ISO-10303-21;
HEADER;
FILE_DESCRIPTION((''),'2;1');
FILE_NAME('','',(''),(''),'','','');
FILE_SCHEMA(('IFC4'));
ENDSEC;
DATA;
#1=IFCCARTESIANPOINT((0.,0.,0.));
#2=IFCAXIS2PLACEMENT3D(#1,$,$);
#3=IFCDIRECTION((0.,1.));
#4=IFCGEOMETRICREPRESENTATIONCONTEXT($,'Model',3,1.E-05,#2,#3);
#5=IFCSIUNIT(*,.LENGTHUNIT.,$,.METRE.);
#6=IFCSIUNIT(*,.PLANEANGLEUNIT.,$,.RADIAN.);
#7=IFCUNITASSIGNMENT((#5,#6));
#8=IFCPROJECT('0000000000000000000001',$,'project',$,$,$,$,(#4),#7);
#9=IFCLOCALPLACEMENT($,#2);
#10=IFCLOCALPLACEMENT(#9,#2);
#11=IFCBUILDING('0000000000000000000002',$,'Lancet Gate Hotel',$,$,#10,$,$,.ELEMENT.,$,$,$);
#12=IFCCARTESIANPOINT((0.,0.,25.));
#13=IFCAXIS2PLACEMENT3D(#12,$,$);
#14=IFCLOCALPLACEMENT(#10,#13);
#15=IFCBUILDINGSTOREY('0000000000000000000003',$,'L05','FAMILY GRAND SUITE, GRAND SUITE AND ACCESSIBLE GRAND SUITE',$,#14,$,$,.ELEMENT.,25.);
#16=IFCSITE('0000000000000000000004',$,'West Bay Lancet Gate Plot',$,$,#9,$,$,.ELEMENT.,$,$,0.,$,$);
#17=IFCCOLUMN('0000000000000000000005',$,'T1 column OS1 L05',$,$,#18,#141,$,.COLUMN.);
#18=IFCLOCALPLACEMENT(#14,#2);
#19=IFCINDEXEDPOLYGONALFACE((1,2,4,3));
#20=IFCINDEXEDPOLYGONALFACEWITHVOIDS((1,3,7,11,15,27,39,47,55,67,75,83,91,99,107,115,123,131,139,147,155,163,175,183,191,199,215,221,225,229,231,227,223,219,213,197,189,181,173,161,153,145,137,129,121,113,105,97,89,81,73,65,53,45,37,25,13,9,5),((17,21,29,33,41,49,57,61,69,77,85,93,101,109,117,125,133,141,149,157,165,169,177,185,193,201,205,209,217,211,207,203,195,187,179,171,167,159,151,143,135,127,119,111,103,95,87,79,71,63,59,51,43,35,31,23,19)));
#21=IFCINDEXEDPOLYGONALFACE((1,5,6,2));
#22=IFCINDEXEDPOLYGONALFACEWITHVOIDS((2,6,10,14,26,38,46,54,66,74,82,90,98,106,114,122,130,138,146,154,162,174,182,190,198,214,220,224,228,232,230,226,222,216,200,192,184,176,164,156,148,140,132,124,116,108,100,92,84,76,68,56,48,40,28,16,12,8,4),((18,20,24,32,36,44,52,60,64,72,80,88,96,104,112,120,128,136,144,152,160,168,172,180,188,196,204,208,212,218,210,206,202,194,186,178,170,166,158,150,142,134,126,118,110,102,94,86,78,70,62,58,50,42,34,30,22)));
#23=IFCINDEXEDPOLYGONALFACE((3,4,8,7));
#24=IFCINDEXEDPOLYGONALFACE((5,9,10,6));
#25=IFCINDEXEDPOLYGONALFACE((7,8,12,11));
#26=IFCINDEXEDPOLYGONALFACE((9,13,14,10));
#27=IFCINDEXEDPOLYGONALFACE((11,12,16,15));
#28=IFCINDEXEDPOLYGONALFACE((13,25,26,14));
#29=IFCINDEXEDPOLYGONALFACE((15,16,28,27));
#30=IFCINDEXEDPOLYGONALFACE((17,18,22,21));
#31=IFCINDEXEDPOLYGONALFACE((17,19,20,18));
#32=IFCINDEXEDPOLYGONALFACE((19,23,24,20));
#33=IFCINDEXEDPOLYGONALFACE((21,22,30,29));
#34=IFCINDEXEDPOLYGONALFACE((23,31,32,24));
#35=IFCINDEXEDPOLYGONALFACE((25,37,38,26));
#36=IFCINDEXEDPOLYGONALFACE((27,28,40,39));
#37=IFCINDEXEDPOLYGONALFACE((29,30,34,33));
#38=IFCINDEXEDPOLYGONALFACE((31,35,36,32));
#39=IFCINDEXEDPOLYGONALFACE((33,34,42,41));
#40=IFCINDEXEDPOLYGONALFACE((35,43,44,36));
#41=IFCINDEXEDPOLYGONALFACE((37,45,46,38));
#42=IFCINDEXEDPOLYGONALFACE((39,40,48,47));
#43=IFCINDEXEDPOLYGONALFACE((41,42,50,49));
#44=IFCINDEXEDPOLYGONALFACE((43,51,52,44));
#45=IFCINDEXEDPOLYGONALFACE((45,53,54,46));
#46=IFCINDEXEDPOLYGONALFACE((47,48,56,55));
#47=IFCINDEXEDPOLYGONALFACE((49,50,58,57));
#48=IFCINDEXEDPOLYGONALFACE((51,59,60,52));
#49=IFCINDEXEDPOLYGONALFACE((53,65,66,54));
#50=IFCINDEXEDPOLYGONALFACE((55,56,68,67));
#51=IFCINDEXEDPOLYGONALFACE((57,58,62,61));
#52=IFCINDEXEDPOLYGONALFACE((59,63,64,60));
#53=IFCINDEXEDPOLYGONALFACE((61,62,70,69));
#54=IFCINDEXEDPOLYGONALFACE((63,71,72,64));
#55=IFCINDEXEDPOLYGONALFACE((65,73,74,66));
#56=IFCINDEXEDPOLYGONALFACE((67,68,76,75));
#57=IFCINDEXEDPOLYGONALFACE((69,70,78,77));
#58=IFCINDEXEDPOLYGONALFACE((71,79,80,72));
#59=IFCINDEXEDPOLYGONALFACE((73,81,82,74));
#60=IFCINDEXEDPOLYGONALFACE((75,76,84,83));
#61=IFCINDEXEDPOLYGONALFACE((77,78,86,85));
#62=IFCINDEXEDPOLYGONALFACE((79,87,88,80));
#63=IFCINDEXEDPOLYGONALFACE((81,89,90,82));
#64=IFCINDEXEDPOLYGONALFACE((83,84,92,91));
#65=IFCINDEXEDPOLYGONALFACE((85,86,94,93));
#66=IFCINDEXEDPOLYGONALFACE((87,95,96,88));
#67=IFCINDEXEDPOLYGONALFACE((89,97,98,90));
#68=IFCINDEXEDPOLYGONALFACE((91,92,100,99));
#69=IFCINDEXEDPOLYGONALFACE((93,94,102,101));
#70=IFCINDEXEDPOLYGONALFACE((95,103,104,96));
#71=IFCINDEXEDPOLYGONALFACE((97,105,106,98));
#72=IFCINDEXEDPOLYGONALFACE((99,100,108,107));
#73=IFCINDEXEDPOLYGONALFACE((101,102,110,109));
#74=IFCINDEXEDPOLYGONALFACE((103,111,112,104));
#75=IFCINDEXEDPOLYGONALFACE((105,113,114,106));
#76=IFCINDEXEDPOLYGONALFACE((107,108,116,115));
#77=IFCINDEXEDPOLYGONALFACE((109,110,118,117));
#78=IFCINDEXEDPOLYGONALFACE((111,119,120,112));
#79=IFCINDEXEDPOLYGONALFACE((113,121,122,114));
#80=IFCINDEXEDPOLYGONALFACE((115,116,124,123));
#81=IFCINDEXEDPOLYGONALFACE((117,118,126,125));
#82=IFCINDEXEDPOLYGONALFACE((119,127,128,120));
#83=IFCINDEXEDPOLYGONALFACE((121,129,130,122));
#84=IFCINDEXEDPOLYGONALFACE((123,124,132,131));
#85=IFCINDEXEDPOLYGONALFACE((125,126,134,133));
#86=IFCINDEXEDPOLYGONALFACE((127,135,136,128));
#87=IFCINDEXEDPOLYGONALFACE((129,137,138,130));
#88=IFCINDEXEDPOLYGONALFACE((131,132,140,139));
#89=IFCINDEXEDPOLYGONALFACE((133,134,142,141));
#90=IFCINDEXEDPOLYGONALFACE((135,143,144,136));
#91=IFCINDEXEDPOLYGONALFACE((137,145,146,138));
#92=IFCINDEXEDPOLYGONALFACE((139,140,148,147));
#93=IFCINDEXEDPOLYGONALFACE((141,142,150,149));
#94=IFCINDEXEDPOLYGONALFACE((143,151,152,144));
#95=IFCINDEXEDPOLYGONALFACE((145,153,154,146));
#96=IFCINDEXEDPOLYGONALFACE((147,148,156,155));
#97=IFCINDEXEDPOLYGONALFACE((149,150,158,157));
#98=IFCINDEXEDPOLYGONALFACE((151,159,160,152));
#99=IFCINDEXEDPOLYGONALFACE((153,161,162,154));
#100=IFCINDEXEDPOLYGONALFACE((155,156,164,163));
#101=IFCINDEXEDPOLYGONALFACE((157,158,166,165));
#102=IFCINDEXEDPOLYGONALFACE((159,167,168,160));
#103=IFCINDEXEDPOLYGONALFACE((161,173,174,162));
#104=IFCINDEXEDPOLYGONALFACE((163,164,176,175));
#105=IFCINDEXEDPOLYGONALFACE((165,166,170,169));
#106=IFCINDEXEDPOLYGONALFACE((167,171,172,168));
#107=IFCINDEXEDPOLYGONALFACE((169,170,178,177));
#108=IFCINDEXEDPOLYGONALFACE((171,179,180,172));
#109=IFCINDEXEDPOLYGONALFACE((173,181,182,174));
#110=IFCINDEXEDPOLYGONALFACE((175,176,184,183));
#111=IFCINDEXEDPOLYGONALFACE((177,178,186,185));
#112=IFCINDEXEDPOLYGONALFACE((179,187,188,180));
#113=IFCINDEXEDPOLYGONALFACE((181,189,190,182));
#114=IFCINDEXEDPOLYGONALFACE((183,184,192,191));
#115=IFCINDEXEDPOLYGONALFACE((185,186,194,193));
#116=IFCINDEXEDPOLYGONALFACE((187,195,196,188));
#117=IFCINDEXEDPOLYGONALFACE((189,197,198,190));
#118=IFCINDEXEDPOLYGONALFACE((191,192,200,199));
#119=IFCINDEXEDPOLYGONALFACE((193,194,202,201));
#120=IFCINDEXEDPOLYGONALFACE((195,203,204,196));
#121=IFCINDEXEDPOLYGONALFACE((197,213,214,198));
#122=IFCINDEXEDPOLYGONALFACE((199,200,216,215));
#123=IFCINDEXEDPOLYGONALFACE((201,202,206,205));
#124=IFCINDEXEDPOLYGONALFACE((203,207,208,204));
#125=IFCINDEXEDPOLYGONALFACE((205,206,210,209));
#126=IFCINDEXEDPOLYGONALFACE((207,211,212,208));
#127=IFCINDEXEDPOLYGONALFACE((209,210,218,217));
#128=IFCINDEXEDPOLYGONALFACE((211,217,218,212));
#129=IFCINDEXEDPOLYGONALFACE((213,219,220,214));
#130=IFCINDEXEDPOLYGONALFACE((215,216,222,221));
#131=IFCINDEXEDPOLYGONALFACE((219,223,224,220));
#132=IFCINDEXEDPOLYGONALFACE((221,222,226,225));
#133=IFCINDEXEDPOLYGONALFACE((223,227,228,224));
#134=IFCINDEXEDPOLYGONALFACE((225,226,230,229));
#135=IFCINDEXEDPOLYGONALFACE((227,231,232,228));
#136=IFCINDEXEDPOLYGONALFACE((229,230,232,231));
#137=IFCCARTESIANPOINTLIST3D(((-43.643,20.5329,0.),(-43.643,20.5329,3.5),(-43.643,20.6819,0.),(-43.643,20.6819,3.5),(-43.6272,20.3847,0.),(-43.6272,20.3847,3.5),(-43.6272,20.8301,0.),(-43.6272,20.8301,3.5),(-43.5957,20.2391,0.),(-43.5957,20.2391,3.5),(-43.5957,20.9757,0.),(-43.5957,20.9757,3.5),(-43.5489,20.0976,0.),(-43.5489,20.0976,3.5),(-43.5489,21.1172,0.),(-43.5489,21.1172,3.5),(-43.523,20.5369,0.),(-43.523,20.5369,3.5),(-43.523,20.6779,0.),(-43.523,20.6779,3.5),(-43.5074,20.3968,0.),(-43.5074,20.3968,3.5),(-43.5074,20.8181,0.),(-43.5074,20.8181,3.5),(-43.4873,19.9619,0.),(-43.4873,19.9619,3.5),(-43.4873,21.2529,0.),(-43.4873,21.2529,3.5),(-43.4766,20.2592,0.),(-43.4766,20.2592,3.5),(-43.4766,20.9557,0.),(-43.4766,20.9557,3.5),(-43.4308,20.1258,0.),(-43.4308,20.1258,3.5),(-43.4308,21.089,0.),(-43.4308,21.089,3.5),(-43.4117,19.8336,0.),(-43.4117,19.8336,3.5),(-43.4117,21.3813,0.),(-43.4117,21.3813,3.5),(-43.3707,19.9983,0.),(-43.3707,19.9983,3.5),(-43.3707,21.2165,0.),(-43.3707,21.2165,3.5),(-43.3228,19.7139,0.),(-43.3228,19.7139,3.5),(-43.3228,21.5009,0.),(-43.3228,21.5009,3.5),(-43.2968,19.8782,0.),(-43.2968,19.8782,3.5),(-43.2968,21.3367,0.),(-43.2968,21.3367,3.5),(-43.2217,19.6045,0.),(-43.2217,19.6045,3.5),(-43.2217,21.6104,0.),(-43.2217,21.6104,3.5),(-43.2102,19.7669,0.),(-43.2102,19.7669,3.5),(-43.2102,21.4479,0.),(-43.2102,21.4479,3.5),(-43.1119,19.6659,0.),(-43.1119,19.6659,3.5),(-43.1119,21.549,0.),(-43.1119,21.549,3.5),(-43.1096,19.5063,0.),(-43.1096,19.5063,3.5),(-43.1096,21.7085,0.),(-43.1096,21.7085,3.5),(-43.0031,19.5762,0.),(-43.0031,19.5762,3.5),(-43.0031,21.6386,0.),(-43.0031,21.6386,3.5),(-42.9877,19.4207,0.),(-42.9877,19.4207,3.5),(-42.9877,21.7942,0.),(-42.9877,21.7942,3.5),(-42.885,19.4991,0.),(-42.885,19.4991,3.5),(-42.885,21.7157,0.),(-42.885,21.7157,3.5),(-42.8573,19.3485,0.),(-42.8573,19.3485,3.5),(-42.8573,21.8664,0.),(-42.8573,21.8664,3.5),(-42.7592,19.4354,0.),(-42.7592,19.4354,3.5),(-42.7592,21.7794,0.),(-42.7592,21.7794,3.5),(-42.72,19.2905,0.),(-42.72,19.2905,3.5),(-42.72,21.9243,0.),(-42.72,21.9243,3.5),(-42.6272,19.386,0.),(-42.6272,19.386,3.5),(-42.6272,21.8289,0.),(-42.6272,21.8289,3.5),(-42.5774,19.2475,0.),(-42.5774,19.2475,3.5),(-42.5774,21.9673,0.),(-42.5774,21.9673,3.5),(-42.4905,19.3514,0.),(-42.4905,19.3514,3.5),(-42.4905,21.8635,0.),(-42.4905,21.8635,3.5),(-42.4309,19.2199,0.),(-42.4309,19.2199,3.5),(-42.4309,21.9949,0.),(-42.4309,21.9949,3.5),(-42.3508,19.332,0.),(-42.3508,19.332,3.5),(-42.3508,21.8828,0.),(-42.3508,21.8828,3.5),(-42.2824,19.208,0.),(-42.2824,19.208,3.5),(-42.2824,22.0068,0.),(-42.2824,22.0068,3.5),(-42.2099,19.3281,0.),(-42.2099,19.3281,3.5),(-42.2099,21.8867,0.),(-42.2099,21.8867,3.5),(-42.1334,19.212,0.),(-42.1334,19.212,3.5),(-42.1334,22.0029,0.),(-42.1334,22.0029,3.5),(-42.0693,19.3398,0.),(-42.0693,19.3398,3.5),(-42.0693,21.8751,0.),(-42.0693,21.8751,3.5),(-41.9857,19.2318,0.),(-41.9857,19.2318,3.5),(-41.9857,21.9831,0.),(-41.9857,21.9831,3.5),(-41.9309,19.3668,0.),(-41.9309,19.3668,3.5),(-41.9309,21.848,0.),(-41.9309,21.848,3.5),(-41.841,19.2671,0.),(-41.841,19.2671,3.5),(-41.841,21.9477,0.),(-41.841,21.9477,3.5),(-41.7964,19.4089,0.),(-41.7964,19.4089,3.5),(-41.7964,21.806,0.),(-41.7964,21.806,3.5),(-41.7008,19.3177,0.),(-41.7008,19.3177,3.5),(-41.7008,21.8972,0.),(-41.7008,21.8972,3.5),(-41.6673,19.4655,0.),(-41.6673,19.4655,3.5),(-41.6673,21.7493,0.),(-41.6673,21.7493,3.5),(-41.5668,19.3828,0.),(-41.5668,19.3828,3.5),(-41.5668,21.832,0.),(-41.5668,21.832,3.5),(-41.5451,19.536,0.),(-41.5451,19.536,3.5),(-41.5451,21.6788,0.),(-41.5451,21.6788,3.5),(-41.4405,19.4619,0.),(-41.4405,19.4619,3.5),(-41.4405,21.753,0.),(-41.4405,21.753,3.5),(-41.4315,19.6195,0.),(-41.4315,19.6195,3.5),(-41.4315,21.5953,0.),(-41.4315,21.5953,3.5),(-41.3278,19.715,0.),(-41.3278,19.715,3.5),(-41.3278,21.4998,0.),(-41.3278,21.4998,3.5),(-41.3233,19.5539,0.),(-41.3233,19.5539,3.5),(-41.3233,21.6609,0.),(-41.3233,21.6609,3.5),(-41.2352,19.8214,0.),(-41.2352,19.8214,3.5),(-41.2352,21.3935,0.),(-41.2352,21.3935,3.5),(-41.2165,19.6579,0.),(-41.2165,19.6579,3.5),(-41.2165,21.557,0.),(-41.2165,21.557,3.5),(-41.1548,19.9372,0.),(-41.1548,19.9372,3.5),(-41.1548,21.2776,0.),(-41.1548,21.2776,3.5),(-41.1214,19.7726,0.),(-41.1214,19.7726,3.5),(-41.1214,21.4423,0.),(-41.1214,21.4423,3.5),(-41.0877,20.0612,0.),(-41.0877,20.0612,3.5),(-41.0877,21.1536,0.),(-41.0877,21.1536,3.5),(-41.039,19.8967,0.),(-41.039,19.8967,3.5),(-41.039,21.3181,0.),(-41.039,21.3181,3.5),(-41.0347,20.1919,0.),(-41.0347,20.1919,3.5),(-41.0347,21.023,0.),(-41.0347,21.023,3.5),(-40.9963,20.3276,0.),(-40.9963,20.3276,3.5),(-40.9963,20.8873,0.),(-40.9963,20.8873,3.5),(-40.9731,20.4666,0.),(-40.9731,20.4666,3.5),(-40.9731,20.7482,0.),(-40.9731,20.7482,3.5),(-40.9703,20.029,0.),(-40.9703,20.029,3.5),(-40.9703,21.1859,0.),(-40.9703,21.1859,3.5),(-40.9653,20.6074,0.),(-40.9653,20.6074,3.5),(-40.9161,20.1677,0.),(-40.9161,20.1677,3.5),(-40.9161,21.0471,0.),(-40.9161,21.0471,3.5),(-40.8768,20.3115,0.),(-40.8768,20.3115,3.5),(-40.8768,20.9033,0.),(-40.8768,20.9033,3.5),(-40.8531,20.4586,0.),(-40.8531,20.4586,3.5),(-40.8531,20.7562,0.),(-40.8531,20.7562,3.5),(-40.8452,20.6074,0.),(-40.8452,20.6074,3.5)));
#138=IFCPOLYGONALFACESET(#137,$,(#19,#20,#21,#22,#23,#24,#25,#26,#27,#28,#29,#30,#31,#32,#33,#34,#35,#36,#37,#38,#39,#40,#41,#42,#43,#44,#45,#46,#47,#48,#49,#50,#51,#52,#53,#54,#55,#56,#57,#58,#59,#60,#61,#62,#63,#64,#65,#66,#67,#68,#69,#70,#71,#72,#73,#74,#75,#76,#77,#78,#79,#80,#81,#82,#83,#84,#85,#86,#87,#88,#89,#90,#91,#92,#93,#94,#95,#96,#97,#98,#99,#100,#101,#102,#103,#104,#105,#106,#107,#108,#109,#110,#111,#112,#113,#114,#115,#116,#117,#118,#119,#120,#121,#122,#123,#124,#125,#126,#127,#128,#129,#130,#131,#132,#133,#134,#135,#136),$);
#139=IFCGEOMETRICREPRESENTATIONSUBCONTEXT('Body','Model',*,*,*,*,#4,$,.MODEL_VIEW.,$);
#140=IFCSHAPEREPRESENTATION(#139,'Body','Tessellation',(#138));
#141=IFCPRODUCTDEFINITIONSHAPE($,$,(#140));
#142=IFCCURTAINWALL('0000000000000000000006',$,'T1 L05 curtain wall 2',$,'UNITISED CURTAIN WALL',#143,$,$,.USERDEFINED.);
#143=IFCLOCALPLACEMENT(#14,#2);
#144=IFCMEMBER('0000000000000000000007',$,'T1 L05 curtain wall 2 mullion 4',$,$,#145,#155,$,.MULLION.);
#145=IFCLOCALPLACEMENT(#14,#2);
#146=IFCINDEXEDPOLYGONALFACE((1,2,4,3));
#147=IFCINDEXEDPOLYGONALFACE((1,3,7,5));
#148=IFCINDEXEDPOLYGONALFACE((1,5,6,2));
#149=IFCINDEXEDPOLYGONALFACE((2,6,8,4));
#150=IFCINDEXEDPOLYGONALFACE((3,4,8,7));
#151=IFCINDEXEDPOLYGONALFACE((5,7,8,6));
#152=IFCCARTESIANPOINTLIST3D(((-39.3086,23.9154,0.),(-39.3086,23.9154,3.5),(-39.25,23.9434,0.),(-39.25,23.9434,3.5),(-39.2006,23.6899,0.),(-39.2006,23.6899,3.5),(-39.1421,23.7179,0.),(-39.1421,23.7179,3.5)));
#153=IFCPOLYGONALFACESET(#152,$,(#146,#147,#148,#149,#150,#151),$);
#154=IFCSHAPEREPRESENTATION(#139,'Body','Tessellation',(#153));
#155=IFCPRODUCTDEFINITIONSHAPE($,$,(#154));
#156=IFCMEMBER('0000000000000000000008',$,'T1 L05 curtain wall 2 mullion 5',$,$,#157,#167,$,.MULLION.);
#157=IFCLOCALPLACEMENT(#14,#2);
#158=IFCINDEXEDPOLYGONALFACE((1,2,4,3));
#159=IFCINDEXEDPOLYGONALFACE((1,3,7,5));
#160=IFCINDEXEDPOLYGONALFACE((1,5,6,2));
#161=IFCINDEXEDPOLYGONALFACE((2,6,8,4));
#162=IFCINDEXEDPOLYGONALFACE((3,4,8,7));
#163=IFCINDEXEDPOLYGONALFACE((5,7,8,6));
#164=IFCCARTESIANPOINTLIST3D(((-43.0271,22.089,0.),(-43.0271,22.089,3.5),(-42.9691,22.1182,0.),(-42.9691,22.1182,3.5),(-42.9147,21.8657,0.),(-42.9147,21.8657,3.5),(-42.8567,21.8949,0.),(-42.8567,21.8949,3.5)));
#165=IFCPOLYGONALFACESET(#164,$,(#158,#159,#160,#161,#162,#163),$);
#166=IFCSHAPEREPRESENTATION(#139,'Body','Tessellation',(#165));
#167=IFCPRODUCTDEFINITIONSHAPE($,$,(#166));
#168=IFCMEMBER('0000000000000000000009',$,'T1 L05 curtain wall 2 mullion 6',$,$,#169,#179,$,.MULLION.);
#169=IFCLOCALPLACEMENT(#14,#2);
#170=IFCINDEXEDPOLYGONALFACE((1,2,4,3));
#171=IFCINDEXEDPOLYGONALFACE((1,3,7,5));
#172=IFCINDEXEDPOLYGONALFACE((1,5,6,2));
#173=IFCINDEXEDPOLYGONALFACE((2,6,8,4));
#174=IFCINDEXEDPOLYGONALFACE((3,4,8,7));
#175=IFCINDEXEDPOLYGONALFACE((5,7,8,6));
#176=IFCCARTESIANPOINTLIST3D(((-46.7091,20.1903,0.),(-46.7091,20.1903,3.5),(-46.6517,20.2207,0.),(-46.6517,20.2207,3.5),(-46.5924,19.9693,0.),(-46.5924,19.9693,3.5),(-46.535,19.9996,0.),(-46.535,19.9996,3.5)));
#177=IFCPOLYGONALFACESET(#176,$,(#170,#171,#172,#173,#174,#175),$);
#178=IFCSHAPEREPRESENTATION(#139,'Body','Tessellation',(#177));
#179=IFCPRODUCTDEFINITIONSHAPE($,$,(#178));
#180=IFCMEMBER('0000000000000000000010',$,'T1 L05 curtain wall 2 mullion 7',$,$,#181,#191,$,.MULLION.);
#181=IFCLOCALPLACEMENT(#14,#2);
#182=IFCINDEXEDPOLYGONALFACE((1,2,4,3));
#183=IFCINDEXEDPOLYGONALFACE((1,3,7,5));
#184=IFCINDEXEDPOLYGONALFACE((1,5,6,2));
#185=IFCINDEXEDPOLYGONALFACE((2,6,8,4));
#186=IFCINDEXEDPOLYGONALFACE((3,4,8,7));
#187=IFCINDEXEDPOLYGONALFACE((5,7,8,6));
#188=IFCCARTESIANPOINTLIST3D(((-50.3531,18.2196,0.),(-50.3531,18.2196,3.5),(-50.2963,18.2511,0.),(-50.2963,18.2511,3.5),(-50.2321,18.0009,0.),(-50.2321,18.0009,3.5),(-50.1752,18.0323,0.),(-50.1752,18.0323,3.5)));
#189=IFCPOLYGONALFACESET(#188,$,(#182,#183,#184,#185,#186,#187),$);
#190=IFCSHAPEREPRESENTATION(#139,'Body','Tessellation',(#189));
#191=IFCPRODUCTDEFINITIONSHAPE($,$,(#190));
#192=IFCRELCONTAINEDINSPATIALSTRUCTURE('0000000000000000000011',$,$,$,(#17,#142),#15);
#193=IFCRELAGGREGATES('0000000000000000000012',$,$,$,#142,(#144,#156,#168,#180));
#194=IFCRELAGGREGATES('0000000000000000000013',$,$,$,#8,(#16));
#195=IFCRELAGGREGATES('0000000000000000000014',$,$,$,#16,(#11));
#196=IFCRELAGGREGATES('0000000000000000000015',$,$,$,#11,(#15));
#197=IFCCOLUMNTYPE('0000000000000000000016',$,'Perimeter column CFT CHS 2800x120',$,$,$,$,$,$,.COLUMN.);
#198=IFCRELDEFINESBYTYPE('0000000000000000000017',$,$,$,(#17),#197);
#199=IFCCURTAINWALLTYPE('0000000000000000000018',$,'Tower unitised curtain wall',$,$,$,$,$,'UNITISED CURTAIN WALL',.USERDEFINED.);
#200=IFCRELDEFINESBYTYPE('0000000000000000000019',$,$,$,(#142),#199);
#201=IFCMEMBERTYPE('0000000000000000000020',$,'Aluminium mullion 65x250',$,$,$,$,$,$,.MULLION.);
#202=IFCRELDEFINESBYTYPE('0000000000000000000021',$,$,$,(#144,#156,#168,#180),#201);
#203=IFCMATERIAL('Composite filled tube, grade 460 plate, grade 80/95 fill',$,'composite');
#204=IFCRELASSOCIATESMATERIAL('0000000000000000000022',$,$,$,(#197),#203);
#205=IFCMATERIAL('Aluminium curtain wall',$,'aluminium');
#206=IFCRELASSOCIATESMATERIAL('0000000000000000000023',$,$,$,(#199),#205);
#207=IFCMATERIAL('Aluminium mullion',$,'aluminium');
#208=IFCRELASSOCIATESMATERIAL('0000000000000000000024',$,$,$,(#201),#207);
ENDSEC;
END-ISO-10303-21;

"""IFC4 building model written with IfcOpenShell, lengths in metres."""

from ifc_helpers import new_model, si_unit, direction, frame, origin, origin_2d, place, context, subcontext, project, spatial, rectangle, hollow_circle, extrude, material, material_profile, profile_set, type_object, element, aggregate, save


model = new_model("IFC4")

# Units and contexts
model_context = context("Model", 3, precision=1e-05, world=origin(), true_north=direction((0.0, 1.0)))
body_context = subcontext(model_context, "Body", "Model", "MODEL_VIEW")
ifc_project = project(units=[si_unit("LENGTHUNIT", "METRE"), si_unit("PLANEANGLEUNIT", "RADIAN")], contexts=[model_context])

# Site, building, storey
site_placement = place(None, origin())
site = spatial("IfcSite", under=ifc_project, at=site_placement, Name="West Bay Lancet Gate Plot", CompositionType="ELEMENT", RefElevation=0.0)
building_placement = place(site_placement, origin())
building = spatial("IfcBuilding", under=site, at=building_placement, Name="Lancet Gate Hotel", CompositionType="ELEMENT")
storey_placement = place(building_placement, frame((0.0, 0.0, 25.0)))
storey = spatial("IfcBuildingStorey", under=building, at=storey_placement, Name="L05", Description="FAMILY GRAND SUITE, GRAND SUITE AND ACCESSIBLE GRAND SUITE", CompositionType="ELEMENT", Elevation=25.0)

# Column
ifc_material_1 = material(Name="Composite filled tube, grade 460 plate, grade 80/95 fill", Category="composite")
ifc_material_profile_1 = material_profile(ifc_material_1, hollow_circle(Radius=1.3999, WallThickness=0.1201, at=origin_2d()), Name="CHS 2800x120")
ifc_profile_set_1 = profile_set([ifc_material_profile_1], Name="Composite filled tube, grade 460 plate, grade 80/95 fill")
column_type = type_object("IfcColumnType", Name="Perimeter column CFT CHS 2800x120", PredefinedType="COLUMN", material=ifc_profile_set_1)
column_placement = place(storey_placement, frame((-42.2451, 20.6074, 0.0), z_axis=(0.0, 0.0, 1.0), x_axis=(1.0, 0.0, 0.0)))
element("IfcColumn", 1, at=column_placement, inside=storey, type_object=column_type, Name="T1 column OS1 L05", PredefinedType="COLUMN", context=body_context, shape_type="SweptSolid", body=[
    extrude(hollow_circle(Radius=1.3999, WallThickness=0.1201, at=origin_2d()), origin(), (0.0, 0.0, 1.0), 3.5),
])

# Curtain wall, members
ifc_material_2 = material(Name="Aluminium curtain wall", Category="aluminium")
curtain_wall_type = type_object("IfcCurtainWallType", Name="Tower unitised curtain wall", ElementType="UNITISED CURTAIN WALL", PredefinedType="USERDEFINED", material=ifc_material_2)
curtain_wall_placement = place(storey_placement, origin())
curtain_wall = element("IfcCurtainWall", 2, at=curtain_wall_placement, inside=storey, type_object=curtain_wall_type, Name="T1 L05 curtain wall 2", ObjectType="UNITISED CURTAIN WALL", PredefinedType="USERDEFINED")
ifc_material_3 = material(Name="Aluminium mullion", Category="aluminium")
ifc_material_profile_2 = material_profile(ifc_material_3, rectangle(XDim=0.0649, YDim=0.25, at=origin_2d()), Name="MULLION 65x250")
ifc_profile_set_2 = profile_set([ifc_material_profile_2], Name="Aluminium mullion")
member_type_1 = type_object("IfcMemberType", Name="Aluminium mullion 65x250", PredefinedType="MULLION", material=ifc_profile_set_2)
member_1_placement = place(storey_placement, frame((-39.2253, 23.8167, 0.0), z_axis=(0.0, 0.0, 1.0), x_axis=(-0.901929, -0.431885, 0.0)))
member_1 = element("IfcMember", 3, at=member_1_placement, type_object=member_type_1, Name="T1 L05 curtain wall 2 mullion 4", PredefinedType="MULLION", context=body_context, shape_type="SweptSolid", body=[
    extrude(rectangle(XDim=0.0649, YDim=0.25, at=origin_2d()), origin(), (0.0, 0.0, 1.0), 3.5),
])
member_2_placement = place(storey_placement, frame((-42.9419, 21.9919, 0.0), z_axis=(0.0, 0.0, 1.0), x_axis=(-0.893292, -0.449478, 0.0)))
member_2 = element("IfcMember", 4, at=member_2_placement, type_object=member_type_1, Name="T1 L05 curtain wall 2 mullion 5", PredefinedType="MULLION", context=body_context, shape_type="SweptSolid", body=[
    extrude(rectangle(XDim=0.0649, YDim=0.25, at=origin_2d()), origin(), (0.0, 0.0, 1.0), 3.5),
])
member_3_placement = place(storey_placement, frame((-46.6221, 20.095, 0.0), z_axis=(0.0, 0.0, 1.0), x_axis=(-0.884311, -0.466898, 0.0)))
member_3 = element("IfcMember", 5, at=member_3_placement, type_object=member_type_1, Name="T1 L05 curtain wall 2 mullion 6", PredefinedType="MULLION", context=body_context, shape_type="SweptSolid", body=[
    extrude(rectangle(XDim=0.0649, YDim=0.25, at=origin_2d()), origin(), (0.0, 0.0, 1.0), 3.5),
])
member_4_placement = place(storey_placement, frame((-50.2642, 18.126, 0.0), z_axis=(0.0, 0.0, 1.0), x_axis=(-0.874991, -0.484139, 0.0)))
member_4 = element("IfcMember", 6, at=member_4_placement, type_object=member_type_1, Name="T1 L05 curtain wall 2 mullion 7", PredefinedType="MULLION", context=body_context, shape_type="SweptSolid", body=[
    extrude(rectangle(XDim=0.0649, YDim=0.25, at=origin_2d()), origin(), (0.0, 0.0, 1.0), 3.5),
])

aggregate(curtain_wall, [member_1, member_2, member_3, member_4])

save(model, "model.ifc")
